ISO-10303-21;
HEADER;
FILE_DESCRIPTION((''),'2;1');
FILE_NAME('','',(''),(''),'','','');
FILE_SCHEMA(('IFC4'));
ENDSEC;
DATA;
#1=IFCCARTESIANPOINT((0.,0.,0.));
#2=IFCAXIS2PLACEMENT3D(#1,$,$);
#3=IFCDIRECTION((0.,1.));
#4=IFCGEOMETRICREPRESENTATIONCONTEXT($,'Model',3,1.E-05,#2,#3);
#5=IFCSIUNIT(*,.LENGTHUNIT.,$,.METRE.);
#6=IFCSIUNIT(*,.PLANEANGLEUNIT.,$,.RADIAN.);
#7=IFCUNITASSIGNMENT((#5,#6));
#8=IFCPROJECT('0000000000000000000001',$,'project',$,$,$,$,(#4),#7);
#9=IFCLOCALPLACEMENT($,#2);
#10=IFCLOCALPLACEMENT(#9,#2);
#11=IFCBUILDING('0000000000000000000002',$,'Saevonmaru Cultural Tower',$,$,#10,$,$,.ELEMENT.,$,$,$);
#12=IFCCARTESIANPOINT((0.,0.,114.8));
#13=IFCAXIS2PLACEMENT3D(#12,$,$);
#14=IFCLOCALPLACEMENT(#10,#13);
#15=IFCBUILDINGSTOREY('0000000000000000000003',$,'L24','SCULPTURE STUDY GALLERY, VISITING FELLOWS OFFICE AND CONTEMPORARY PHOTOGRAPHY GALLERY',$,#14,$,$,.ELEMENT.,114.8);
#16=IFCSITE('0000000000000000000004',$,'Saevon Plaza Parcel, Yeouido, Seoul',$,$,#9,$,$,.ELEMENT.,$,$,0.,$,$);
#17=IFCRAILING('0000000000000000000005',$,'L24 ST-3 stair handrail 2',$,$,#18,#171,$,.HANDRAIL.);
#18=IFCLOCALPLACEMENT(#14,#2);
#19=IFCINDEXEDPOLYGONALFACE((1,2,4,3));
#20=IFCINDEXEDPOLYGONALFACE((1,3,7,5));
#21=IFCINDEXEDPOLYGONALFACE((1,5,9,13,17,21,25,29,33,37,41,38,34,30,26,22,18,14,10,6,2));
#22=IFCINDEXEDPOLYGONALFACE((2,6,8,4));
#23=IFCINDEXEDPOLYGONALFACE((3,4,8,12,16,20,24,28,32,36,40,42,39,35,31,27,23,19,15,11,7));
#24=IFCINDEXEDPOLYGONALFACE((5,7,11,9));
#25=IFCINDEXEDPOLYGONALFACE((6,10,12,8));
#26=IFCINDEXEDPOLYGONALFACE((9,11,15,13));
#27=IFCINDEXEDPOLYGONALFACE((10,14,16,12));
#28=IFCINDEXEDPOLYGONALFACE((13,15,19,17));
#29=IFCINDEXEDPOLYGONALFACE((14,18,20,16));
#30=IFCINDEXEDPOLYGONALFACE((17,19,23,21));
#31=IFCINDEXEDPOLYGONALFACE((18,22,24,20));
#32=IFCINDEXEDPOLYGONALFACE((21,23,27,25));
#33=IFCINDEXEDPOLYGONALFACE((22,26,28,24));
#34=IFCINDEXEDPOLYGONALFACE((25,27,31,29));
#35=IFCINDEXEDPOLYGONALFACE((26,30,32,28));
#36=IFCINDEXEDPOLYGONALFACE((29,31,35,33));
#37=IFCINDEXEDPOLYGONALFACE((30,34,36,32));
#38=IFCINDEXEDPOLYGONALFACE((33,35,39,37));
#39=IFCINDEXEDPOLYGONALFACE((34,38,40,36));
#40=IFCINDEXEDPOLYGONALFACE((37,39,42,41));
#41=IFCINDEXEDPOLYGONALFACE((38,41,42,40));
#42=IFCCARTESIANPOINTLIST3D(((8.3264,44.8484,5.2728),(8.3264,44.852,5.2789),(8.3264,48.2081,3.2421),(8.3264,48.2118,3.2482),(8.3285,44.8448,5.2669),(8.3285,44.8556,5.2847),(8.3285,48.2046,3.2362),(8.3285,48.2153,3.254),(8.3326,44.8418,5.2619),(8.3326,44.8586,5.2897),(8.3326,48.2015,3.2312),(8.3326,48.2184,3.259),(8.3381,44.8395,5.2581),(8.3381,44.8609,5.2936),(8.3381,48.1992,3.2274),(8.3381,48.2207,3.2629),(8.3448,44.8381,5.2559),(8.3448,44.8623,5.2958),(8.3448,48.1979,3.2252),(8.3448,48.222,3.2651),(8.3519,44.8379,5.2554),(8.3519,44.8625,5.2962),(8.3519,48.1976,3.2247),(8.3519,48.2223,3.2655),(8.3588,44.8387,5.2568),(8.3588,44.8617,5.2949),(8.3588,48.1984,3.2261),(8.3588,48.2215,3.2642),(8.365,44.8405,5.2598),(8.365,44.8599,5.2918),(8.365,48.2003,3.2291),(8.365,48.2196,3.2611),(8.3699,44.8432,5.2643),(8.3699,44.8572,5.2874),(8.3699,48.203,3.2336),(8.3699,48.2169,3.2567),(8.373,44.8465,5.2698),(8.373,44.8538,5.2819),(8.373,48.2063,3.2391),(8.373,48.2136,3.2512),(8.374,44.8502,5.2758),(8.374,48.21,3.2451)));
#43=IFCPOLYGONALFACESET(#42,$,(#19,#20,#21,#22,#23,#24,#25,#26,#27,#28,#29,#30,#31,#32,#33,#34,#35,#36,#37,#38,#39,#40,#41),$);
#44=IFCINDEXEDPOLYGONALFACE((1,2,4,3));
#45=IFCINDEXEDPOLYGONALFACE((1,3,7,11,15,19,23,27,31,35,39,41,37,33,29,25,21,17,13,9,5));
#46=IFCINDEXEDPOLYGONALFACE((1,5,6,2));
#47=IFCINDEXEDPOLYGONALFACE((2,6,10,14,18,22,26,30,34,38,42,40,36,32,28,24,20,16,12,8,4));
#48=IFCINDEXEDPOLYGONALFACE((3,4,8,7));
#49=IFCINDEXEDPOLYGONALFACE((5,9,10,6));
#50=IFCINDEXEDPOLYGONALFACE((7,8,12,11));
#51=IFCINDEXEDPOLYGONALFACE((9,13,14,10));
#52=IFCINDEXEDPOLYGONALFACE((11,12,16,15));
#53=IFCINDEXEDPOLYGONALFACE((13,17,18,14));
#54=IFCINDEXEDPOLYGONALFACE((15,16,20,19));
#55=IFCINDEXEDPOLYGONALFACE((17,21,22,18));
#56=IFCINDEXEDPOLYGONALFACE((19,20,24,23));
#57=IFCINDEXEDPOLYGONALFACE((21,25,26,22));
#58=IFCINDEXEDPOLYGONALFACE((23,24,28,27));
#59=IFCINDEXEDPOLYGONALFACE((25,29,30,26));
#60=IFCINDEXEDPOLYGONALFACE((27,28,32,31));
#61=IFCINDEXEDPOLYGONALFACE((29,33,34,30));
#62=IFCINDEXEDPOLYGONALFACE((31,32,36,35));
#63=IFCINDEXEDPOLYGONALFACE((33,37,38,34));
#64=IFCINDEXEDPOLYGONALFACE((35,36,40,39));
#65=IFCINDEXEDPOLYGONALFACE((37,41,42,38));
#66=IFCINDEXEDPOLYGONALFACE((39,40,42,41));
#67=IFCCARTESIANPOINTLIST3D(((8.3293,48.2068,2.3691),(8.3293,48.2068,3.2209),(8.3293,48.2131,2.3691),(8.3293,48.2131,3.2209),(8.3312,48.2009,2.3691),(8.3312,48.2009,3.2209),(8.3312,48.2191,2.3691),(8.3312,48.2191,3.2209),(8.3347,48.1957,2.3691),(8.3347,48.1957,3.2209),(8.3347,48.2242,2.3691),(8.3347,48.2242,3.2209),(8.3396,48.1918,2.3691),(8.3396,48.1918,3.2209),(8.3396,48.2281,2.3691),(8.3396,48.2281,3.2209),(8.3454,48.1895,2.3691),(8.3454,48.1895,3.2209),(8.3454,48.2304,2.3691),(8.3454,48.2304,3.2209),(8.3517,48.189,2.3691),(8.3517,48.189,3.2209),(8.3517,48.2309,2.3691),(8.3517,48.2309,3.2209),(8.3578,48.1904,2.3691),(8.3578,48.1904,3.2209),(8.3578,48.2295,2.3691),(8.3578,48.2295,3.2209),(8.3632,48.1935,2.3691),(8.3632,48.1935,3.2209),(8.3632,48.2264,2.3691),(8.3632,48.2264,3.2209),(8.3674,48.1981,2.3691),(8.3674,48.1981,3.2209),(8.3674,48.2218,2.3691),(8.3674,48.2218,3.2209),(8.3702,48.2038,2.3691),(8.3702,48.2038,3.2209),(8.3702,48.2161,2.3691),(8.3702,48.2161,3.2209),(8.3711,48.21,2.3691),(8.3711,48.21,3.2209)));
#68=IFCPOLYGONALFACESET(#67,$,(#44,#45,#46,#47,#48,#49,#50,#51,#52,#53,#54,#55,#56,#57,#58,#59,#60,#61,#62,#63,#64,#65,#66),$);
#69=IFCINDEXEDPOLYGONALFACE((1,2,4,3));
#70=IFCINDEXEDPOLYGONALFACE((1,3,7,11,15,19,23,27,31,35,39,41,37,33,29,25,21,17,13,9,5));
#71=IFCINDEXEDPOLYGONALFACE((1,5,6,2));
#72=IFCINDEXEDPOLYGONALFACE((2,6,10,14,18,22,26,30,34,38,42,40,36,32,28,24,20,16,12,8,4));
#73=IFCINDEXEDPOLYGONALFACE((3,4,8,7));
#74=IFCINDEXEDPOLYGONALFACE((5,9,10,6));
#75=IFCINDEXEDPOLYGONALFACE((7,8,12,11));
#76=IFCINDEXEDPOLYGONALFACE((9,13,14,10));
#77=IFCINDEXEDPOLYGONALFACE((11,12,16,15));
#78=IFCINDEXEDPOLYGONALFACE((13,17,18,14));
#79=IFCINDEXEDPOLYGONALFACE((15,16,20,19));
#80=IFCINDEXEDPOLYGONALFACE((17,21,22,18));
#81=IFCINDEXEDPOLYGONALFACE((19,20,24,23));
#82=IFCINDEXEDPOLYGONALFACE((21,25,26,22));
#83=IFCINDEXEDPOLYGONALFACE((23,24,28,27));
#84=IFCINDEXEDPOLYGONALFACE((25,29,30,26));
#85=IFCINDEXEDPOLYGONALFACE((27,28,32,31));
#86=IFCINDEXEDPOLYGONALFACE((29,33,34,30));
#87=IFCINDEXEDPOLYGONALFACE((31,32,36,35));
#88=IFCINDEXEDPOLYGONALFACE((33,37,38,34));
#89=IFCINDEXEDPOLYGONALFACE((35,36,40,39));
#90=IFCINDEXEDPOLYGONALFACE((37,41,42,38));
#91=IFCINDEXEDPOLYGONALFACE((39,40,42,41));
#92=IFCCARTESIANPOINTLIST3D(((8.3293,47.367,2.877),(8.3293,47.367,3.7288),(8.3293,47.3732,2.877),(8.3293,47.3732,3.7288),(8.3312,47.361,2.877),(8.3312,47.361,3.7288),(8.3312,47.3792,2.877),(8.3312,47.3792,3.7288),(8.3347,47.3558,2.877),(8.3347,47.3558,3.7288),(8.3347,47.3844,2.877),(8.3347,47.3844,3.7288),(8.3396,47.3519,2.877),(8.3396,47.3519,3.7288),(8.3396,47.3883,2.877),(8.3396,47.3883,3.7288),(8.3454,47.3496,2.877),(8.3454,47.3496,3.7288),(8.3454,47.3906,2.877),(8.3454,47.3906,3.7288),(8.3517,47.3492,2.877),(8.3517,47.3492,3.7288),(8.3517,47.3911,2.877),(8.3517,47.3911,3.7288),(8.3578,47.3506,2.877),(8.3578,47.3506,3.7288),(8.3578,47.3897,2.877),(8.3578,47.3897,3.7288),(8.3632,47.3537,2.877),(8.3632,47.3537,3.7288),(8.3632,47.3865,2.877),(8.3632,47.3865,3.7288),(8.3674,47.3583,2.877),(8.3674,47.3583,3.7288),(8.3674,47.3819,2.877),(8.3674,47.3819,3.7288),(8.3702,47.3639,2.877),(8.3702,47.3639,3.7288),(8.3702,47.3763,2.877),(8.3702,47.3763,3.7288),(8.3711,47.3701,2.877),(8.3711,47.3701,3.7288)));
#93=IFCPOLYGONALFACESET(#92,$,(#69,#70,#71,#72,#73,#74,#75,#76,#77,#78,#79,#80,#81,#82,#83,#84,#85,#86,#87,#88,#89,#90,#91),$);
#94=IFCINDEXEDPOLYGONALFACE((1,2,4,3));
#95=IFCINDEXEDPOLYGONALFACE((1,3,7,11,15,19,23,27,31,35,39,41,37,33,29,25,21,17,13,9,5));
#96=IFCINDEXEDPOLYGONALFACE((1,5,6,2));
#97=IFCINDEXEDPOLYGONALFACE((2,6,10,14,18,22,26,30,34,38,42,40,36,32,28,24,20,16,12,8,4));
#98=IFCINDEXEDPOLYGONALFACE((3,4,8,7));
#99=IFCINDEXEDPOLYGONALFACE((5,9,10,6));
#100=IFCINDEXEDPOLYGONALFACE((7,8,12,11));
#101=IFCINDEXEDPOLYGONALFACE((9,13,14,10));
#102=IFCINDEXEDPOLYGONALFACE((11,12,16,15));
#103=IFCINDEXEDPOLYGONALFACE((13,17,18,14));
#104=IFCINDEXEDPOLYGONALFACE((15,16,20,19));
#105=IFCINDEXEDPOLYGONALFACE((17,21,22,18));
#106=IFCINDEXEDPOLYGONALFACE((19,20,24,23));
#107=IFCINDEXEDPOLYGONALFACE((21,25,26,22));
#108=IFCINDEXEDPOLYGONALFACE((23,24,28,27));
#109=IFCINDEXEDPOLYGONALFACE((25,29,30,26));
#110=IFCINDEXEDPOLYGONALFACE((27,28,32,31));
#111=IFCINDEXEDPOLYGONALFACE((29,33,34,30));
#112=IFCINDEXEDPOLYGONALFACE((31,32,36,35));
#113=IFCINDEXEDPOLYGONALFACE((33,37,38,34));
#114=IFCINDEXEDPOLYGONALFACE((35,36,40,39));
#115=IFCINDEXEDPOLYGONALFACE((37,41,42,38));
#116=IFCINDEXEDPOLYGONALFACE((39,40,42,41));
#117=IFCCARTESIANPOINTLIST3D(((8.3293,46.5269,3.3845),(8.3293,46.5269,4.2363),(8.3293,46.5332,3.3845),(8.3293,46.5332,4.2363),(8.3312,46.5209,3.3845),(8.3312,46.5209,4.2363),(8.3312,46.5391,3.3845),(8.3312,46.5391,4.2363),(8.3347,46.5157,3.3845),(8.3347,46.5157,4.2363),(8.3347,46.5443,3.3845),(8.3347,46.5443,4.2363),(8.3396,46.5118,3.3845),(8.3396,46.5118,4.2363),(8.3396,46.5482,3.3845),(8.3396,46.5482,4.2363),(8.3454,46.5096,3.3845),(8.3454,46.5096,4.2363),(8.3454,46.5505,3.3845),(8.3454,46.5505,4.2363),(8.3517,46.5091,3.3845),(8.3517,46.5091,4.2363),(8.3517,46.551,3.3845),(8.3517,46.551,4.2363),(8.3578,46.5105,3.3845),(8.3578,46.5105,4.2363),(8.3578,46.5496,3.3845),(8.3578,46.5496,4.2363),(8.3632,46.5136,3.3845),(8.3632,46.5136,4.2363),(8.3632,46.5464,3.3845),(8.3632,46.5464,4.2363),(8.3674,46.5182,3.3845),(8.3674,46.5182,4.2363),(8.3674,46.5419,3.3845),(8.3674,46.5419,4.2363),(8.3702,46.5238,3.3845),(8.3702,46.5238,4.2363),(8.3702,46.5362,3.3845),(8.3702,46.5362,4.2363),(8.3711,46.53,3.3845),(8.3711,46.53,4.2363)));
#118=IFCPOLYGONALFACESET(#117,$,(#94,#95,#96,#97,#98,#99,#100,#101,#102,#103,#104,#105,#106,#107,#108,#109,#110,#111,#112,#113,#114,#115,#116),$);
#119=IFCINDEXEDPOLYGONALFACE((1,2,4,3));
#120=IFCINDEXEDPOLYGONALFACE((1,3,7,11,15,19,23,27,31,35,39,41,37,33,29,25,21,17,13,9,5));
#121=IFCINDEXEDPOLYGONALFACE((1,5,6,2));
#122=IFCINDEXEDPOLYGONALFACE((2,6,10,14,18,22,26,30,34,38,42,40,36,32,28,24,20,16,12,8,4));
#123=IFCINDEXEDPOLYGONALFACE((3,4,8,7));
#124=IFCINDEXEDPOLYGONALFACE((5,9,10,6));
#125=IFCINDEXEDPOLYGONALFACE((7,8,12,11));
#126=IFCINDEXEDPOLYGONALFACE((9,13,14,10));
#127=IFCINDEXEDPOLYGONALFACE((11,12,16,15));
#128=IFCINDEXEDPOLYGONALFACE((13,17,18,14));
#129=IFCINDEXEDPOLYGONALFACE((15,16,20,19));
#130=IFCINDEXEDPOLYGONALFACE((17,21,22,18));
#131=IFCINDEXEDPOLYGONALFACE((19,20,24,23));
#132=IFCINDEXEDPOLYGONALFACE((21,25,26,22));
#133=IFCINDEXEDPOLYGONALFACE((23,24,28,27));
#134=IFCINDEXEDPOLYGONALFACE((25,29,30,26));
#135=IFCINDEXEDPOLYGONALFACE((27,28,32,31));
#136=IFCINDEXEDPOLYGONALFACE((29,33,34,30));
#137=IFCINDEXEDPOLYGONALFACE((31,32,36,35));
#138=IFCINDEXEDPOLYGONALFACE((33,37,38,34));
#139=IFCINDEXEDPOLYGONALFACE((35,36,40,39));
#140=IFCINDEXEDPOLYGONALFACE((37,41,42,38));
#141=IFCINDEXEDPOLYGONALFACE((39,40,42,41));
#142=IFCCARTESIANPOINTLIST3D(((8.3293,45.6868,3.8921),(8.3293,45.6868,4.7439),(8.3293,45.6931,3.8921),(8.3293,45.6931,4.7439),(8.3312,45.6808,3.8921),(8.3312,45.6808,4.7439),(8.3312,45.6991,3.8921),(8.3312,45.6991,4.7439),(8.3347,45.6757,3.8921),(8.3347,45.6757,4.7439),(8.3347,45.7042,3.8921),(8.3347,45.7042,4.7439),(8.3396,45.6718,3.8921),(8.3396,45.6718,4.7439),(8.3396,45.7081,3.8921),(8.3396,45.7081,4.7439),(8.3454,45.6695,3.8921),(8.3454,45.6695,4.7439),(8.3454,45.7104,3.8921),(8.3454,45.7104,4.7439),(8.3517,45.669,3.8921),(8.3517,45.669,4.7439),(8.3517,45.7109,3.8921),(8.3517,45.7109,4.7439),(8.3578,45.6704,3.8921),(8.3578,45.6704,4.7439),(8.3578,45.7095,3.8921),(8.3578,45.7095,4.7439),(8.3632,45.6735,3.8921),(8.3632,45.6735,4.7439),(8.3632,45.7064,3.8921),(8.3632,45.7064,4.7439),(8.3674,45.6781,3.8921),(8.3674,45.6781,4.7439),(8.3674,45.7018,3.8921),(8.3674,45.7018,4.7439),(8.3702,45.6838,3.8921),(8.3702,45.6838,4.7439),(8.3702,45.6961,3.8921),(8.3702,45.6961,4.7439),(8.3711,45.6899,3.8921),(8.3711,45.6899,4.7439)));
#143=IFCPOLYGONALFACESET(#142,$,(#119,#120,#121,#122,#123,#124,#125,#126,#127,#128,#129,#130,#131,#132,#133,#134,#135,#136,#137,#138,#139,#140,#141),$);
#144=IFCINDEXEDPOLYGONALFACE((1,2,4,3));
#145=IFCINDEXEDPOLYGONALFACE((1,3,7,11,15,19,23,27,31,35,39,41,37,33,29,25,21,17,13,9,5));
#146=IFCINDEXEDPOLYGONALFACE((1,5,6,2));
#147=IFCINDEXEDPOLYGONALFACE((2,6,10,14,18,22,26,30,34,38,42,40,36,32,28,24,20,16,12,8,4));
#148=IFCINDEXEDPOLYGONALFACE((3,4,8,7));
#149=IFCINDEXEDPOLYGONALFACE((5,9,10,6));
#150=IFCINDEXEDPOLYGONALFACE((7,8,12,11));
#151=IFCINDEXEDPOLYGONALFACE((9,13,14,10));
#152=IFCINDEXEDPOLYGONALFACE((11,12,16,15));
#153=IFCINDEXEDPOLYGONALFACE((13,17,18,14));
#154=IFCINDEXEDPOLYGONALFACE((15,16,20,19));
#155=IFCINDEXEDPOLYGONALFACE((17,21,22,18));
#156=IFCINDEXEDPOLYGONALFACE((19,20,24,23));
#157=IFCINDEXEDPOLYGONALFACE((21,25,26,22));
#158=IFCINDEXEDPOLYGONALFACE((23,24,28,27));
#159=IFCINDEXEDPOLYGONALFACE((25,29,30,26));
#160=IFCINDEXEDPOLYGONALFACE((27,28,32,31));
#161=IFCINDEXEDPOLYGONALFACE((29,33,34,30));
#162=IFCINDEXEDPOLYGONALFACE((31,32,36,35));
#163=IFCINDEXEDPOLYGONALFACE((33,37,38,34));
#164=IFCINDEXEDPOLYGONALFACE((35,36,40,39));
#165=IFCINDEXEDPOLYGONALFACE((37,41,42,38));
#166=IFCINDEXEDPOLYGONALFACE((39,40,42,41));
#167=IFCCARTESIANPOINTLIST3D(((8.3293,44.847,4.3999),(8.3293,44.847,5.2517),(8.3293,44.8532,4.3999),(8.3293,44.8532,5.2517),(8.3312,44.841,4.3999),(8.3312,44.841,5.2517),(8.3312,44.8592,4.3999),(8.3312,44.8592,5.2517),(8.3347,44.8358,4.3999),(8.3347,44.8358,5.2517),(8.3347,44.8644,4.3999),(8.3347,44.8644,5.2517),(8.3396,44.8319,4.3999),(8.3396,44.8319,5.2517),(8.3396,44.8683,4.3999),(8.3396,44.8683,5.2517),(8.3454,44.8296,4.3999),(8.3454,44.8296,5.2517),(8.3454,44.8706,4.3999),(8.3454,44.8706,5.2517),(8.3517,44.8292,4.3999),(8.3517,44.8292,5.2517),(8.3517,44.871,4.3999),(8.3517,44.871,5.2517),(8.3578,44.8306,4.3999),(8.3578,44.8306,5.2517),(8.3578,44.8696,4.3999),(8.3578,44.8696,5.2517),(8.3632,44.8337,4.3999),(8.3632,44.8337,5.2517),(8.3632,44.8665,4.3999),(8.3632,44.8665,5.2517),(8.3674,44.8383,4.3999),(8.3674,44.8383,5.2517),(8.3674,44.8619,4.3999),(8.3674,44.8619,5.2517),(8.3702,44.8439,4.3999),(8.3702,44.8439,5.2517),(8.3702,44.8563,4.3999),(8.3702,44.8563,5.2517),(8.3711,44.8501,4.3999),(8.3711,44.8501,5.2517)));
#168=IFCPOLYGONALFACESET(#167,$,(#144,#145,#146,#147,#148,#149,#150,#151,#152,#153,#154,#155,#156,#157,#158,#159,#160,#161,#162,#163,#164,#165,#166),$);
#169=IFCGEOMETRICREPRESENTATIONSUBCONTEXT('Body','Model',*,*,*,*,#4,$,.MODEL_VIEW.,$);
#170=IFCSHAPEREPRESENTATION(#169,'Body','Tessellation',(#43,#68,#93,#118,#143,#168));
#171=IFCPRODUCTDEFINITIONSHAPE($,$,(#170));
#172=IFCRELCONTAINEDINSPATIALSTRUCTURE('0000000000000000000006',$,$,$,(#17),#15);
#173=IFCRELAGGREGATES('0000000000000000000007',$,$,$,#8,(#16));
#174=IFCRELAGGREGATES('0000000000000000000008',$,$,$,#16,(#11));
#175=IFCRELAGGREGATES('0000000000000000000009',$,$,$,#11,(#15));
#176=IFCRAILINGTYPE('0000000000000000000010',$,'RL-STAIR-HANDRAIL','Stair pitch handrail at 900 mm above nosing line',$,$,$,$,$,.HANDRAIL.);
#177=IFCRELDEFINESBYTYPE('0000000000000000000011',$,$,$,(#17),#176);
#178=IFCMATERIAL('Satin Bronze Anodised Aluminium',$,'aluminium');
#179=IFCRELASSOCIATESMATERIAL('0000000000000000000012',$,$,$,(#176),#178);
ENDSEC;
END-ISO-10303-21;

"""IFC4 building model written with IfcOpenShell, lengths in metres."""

from ifc_helpers import new_model, si_unit, direction, frame, origin, origin_2d, place, context, subcontext, project, spatial, circle, extrude, material, type_object, element, save


model = new_model("IFC4")

# Units and contexts
model_context = context("Model", 3, precision=1e-05, world=origin(), true_north=direction((0.0, 1.0)))
body_context = subcontext(model_context, "Body", "Model", "MODEL_VIEW")
ifc_project = project(units=[si_unit("LENGTHUNIT", "METRE"), si_unit("PLANEANGLEUNIT", "RADIAN")], contexts=[model_context])

# Site, building, storey
site_placement = place(None, origin())
site = spatial("IfcSite", under=ifc_project, at=site_placement, Name="Saevon Plaza Parcel, Yeouido, Seoul", CompositionType="ELEMENT", RefElevation=0.0)
building_placement = place(site_placement, origin())
building = spatial("IfcBuilding", under=site, at=building_placement, Name="Saevonmaru Cultural Tower", CompositionType="ELEMENT")
storey_placement = place(building_placement, frame((0.0, 0.0, 114.8)))
storey = spatial("IfcBuildingStorey", under=building, at=storey_placement, Name="L24", Description="SCULPTURE STUDY GALLERY, VISITING FELLOWS OFFICE AND CONTEMPORARY PHOTOGRAPHY GALLERY", CompositionType="ELEMENT", Elevation=114.8)

# Shared definitions
ifc_material_1 = material(Name="Satin Bronze Anodised Aluminium", Category="aluminium")

# Railing
railing_type_1 = type_object("IfcRailingType", Name="RL-STAIR-HANDRAIL", Description="Stair pitch handrail at 900 mm above nosing line", PredefinedType="HANDRAIL", material=ifc_material_1)
railing_1_placement = place(storey_placement, frame((8.3501, 48.21, 2.3691)))
element("IfcRailing", 1, at=railing_1_placement, inside=storey, type_object=railing_type_1, Name="L24 ST-3 stair handrail 2", PredefinedType="HANDRAIL", context=body_context, shape_type="SweptSolid", body=[
    extrude(circle(Radius=0.0239, at=origin_2d()), frame((0.0, 0.0, 0.876), z_axis=(0.0, -0.85582, 0.517273), x_axis=(1.0, 0.0, 0.0)), (0.0, 0.0, 1.0), 3.9258),
    extrude(circle(Radius=0.021, at=origin_2d()), origin(), (0.0, 0.0, 1.0), 0.8518),
    extrude(circle(Radius=0.021, at=origin_2d()), frame((0.0, -0.8398, 0.5078)), (0.0, 0.0, 1.0), 0.8518),
    extrude(circle(Radius=0.021, at=origin_2d()), frame((0.0, -1.6799, 1.0154)), (0.0, 0.0, 1.0), 0.8518),
    extrude(circle(Radius=0.021, at=origin_2d()), frame((0.0, -2.52, 1.5229)), (0.0, 0.0, 1.0), 0.8518),
    extrude(circle(Radius=0.021, at=origin_2d()), frame((0.0, -3.3599, 2.0308)), (0.0, 0.0, 1.0), 0.8518),
])

save(model, "model.ifc")
